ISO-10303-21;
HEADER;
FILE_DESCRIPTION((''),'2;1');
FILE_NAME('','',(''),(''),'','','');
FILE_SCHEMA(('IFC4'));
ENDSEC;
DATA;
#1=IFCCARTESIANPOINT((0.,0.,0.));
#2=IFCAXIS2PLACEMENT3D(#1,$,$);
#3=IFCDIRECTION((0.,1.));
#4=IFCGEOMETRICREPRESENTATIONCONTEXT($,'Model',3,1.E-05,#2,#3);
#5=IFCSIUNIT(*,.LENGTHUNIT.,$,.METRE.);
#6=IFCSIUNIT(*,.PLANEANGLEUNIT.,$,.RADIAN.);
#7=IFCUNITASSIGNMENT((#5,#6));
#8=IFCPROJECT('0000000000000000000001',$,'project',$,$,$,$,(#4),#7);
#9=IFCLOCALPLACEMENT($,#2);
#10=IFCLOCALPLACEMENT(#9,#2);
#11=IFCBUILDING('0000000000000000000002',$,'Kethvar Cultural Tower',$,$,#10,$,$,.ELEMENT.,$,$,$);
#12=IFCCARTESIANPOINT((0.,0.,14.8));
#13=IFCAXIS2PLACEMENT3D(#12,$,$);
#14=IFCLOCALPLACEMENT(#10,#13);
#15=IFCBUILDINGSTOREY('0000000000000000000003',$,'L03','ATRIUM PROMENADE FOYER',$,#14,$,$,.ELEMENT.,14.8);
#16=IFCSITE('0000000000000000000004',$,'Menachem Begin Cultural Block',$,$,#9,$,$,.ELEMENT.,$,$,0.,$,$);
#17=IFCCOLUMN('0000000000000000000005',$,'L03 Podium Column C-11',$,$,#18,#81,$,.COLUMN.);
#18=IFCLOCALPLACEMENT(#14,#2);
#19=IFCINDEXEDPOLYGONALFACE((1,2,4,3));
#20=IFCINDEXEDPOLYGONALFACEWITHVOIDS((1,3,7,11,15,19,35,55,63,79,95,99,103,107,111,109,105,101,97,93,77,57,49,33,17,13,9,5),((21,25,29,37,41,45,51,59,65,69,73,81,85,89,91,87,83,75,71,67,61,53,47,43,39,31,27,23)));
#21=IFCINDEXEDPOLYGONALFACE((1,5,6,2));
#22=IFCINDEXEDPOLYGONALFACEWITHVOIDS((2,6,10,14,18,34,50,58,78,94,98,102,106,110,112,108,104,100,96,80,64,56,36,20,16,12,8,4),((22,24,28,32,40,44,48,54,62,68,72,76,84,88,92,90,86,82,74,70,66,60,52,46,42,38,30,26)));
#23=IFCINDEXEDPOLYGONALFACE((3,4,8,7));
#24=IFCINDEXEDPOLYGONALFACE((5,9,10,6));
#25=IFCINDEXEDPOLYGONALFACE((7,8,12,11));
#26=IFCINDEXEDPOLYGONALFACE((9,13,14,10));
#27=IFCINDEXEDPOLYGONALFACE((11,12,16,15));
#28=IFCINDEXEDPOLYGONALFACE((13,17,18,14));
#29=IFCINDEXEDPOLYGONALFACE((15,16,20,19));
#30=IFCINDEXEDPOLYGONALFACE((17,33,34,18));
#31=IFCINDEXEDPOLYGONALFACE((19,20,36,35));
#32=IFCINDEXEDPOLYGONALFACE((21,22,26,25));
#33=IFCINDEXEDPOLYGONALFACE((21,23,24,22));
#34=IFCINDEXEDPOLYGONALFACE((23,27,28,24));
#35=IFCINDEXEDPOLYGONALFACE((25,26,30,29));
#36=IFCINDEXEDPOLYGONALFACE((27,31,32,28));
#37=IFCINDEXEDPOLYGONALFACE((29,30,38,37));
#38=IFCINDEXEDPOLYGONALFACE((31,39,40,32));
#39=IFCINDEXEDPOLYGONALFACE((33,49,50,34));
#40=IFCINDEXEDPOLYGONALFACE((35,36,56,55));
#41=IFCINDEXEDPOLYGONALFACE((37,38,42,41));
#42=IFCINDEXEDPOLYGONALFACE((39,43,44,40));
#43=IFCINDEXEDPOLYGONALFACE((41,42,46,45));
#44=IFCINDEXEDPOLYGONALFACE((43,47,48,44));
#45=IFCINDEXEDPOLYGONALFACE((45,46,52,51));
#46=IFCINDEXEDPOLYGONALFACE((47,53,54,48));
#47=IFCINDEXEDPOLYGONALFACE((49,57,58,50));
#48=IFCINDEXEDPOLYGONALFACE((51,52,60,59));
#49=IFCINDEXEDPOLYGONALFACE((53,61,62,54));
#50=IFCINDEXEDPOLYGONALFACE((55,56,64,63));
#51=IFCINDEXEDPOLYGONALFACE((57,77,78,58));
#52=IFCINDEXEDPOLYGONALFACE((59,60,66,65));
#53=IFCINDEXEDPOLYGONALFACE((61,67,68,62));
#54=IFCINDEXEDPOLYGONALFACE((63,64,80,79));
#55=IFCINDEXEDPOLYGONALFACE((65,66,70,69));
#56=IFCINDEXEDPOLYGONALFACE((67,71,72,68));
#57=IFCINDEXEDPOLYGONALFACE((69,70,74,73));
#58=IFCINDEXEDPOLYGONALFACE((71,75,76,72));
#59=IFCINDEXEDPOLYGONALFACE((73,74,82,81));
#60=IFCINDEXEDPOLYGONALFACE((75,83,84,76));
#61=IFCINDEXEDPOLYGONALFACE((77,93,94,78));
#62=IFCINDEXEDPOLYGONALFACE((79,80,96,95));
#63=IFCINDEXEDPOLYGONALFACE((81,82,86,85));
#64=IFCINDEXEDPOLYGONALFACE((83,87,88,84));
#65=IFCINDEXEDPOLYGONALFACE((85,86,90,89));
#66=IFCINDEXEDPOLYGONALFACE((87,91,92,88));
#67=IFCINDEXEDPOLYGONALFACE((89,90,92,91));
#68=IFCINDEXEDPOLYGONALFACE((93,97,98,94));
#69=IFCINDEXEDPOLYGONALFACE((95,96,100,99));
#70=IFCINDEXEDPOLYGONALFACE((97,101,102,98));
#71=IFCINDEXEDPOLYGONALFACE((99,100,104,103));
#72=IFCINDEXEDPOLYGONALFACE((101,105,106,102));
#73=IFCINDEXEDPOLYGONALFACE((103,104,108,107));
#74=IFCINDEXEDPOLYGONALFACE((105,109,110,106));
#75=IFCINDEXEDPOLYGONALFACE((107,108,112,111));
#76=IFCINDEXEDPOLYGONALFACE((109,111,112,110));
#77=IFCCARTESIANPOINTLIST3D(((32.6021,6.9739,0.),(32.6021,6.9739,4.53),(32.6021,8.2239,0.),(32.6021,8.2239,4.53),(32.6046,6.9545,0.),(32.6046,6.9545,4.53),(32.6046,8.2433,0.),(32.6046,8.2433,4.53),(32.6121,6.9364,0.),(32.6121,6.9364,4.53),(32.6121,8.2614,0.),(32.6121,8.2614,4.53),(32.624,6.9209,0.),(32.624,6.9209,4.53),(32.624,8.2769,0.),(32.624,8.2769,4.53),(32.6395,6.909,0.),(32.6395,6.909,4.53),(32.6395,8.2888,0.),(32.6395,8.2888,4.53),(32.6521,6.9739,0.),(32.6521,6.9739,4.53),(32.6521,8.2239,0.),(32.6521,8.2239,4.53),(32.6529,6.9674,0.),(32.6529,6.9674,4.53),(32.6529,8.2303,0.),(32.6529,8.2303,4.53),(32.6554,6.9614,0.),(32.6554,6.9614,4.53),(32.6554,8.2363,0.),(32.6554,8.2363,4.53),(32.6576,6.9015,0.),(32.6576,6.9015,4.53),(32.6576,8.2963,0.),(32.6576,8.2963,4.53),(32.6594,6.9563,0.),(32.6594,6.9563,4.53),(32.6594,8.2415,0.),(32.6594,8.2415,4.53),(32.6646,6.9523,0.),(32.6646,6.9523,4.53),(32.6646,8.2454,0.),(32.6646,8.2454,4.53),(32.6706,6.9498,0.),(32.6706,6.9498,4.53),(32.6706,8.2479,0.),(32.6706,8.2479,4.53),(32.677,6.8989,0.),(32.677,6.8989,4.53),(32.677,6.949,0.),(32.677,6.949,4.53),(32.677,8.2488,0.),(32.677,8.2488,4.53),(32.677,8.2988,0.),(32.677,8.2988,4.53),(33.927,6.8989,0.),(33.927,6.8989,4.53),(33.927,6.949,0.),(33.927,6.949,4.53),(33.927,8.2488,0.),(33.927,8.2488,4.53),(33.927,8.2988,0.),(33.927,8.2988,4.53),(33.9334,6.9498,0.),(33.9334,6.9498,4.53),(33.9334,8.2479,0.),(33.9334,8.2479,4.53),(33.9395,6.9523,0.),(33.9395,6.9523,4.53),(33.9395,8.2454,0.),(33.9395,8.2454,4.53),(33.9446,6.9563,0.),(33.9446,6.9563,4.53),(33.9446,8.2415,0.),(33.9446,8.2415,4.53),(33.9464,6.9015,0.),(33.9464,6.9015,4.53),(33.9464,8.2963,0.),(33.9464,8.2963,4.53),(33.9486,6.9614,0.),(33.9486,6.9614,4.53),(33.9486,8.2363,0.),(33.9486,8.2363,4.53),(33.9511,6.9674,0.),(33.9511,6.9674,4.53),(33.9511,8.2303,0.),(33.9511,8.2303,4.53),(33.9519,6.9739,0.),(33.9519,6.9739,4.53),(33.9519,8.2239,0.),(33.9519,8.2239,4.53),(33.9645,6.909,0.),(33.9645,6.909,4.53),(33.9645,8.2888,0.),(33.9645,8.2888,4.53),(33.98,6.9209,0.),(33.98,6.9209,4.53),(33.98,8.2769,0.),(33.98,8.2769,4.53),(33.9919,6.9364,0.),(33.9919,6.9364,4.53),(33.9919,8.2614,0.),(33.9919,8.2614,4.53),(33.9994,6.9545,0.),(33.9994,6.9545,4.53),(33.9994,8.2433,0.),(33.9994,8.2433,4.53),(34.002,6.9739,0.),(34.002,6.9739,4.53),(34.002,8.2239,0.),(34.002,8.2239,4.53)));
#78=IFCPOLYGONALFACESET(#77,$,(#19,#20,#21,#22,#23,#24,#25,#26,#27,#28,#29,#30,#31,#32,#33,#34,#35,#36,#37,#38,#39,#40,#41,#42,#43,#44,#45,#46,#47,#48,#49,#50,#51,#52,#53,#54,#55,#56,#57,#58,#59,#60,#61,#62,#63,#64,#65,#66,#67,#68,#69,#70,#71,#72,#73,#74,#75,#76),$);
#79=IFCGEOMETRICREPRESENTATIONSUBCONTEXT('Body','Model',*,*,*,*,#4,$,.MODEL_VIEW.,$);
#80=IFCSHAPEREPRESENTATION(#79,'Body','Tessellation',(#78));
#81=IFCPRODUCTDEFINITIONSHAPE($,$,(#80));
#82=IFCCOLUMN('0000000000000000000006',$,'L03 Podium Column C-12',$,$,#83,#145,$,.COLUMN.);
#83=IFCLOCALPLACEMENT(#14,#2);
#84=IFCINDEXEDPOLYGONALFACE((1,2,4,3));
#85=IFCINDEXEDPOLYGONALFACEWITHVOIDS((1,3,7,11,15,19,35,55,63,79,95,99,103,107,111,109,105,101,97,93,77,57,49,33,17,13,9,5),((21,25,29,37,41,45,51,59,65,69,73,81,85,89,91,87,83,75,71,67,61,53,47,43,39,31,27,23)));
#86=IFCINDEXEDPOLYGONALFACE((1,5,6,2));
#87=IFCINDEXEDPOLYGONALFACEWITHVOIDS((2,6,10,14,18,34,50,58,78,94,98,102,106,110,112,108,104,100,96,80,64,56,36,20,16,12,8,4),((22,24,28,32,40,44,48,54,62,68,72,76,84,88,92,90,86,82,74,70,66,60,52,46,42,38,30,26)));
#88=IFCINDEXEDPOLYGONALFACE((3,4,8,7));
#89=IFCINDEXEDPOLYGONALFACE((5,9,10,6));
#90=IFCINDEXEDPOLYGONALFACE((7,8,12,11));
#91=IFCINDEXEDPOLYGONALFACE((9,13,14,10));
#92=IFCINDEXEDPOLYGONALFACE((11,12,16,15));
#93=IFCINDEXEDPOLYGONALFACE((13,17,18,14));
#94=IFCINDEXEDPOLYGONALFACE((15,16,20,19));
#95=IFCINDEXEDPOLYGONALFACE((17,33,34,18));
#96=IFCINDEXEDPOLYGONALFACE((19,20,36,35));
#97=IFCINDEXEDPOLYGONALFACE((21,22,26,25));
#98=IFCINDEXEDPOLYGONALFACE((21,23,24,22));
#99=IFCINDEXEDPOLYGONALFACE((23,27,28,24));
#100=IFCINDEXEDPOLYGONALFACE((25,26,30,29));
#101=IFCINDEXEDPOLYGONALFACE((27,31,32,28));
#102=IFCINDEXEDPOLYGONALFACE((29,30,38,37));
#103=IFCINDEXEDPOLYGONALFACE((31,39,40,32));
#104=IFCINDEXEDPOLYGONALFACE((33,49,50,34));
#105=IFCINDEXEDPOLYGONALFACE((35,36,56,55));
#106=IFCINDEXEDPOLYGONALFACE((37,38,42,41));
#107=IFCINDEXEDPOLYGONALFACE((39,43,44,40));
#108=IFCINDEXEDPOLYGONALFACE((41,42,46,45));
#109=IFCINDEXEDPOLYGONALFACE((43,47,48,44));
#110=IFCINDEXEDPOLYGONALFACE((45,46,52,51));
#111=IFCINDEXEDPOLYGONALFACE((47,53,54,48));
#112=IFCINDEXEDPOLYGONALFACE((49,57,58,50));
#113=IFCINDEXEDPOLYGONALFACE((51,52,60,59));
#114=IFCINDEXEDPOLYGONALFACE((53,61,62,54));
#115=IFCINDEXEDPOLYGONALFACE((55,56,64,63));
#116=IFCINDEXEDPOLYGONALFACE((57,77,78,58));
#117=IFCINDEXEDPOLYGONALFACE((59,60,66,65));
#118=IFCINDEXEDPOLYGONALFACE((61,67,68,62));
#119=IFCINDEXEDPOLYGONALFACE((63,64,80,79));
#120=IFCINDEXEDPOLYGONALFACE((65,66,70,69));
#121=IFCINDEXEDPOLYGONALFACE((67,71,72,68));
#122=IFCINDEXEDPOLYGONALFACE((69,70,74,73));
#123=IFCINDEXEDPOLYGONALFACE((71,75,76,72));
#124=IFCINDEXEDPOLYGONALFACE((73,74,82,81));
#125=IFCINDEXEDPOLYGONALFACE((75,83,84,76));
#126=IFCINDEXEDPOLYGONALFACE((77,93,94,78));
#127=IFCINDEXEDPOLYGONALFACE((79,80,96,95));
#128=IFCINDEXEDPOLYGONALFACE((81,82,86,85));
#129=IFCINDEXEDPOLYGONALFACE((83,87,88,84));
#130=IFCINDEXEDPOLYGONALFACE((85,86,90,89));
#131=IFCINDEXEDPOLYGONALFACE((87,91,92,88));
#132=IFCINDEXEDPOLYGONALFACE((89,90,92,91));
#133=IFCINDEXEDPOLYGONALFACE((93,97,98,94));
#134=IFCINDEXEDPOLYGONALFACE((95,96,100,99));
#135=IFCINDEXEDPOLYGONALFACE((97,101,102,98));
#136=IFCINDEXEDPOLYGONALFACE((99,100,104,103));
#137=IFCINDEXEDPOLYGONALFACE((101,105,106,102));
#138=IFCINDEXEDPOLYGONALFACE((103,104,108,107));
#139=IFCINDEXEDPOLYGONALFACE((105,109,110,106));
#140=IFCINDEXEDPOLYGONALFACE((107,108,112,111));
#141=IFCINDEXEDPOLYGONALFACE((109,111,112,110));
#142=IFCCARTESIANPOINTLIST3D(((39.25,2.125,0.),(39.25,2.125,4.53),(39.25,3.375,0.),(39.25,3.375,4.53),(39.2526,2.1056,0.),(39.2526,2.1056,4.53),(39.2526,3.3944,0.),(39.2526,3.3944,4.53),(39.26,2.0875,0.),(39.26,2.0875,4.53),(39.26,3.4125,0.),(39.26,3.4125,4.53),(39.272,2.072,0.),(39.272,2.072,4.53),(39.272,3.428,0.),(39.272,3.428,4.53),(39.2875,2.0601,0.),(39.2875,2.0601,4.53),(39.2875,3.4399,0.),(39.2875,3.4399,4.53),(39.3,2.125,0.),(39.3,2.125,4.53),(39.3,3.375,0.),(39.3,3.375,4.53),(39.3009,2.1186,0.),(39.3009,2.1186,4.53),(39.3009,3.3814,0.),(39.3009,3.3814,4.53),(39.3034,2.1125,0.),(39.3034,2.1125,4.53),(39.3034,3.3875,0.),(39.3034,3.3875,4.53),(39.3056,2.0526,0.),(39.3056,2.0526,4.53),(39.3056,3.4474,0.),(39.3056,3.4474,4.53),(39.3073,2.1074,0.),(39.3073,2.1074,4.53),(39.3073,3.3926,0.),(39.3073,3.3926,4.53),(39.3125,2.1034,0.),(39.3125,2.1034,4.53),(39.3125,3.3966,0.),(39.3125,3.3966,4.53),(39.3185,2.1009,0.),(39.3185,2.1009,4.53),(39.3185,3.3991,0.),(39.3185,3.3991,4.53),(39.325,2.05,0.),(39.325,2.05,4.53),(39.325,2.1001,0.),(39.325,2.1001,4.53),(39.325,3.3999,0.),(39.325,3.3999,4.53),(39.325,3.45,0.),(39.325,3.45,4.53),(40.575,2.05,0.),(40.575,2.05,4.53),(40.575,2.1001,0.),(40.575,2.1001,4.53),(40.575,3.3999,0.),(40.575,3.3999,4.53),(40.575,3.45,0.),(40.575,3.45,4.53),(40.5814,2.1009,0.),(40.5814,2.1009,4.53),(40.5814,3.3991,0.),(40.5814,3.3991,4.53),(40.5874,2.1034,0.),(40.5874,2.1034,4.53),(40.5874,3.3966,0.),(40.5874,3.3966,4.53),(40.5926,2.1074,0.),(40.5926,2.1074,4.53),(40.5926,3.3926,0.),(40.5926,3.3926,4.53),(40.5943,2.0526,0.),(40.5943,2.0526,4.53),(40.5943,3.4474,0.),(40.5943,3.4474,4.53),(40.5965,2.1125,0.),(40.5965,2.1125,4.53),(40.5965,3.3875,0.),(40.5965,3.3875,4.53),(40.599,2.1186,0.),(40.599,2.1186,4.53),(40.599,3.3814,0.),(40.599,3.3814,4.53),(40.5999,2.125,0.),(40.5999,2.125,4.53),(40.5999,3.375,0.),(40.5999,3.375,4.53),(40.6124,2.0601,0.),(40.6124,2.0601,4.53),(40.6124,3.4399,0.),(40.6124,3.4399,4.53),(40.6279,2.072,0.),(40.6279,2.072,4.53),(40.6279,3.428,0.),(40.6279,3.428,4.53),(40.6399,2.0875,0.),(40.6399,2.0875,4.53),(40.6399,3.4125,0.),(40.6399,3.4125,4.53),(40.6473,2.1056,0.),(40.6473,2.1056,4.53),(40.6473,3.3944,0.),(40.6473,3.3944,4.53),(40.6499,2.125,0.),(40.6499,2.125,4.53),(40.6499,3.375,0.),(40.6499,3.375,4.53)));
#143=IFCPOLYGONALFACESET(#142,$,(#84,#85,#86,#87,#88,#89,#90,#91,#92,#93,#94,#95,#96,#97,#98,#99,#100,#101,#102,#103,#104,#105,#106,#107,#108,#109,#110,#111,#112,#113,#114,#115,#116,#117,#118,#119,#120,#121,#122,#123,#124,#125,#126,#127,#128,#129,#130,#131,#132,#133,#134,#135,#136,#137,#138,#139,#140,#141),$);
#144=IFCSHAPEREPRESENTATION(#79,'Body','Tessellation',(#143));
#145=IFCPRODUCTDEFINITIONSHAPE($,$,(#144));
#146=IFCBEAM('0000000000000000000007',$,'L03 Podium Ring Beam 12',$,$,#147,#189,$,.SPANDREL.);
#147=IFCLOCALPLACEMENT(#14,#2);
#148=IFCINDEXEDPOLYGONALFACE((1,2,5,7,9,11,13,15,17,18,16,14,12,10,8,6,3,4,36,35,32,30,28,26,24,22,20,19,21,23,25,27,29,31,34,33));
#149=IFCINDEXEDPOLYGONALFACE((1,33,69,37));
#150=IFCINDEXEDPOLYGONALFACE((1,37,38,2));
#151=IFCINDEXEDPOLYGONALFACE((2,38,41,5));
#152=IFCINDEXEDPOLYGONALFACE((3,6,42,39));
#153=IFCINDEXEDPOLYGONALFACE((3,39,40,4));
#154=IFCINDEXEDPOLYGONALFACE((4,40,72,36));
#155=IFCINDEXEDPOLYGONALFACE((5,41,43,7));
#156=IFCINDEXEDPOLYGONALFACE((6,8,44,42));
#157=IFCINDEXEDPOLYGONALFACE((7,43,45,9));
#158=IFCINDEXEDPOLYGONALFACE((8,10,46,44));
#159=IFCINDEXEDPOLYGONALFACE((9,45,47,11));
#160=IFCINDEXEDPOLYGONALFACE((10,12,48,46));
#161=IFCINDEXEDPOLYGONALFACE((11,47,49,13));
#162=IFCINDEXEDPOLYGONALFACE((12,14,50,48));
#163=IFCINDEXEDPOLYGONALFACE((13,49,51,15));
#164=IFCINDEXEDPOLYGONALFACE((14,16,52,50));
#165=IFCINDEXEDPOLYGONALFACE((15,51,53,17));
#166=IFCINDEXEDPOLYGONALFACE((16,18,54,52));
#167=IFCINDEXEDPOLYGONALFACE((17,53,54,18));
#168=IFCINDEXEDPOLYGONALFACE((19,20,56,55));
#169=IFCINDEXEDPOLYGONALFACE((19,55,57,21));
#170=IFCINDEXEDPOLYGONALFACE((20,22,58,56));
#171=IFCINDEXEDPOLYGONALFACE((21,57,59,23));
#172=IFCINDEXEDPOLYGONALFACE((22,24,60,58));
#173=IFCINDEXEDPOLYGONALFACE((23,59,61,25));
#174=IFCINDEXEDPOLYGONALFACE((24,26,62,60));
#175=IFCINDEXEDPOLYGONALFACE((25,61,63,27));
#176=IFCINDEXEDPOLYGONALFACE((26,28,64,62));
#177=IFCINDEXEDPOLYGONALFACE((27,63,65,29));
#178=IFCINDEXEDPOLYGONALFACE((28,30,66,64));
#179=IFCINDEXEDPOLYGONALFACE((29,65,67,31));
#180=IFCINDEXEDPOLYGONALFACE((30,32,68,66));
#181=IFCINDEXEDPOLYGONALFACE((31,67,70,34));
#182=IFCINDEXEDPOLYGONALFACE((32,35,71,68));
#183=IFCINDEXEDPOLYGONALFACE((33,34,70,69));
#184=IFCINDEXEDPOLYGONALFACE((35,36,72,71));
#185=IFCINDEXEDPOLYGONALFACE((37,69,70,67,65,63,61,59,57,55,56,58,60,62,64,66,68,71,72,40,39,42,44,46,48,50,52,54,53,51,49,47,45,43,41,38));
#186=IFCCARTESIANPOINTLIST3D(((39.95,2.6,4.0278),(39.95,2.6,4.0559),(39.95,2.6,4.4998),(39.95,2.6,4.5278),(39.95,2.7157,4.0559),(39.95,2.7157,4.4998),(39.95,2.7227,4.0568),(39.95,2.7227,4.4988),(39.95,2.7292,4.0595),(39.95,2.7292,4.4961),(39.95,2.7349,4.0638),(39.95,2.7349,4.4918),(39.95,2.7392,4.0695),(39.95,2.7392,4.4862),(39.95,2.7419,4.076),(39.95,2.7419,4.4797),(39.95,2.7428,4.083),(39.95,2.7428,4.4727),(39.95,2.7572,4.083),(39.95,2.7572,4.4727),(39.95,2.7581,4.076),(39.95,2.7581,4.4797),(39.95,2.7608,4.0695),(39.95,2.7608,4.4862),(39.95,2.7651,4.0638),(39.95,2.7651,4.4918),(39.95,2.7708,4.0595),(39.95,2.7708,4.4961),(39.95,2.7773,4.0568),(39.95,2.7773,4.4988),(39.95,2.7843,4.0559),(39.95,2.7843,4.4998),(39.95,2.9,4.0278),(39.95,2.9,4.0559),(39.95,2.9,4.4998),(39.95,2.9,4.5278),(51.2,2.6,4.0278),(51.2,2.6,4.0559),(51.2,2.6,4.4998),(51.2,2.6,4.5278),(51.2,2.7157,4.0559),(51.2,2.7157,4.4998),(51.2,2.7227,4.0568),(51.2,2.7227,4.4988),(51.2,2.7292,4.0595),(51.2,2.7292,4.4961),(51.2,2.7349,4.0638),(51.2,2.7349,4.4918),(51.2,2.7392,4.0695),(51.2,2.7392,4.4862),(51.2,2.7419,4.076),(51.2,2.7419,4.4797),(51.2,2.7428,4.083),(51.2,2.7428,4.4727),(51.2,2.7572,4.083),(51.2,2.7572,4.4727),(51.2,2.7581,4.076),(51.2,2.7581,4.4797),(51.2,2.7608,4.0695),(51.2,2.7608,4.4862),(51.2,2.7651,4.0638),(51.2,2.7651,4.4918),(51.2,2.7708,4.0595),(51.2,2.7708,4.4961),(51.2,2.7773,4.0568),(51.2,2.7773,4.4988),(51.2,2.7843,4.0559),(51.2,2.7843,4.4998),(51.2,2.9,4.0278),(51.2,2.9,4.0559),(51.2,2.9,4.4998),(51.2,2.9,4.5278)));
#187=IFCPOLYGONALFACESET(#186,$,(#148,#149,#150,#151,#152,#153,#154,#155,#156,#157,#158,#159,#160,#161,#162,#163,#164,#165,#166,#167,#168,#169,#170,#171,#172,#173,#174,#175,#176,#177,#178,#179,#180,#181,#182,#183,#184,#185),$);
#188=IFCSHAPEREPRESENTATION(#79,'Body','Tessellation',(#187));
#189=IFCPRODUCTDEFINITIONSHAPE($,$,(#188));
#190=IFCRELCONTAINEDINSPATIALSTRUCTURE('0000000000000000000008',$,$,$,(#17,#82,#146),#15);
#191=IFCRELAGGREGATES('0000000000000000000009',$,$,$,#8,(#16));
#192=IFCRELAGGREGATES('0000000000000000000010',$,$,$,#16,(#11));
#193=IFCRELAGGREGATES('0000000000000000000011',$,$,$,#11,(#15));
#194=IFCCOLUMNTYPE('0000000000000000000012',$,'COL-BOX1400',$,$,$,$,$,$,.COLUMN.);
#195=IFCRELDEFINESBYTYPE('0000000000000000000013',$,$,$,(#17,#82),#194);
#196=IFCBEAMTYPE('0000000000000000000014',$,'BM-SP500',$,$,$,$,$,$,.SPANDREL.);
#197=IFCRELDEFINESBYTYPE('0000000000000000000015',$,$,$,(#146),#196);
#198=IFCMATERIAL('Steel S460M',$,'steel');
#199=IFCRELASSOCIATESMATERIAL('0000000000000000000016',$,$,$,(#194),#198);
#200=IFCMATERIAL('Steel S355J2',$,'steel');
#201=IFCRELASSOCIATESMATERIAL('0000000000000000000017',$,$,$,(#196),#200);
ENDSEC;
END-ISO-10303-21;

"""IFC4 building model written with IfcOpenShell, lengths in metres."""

from ifc_helpers import new_model, si_unit, direction, frame, origin, origin_2d, place, context, subcontext, project, spatial, hollow_rectangle, i_section, extrude, source, transform, mapped, material, material_profile, profile_set, type_object, element, save


model = new_model("IFC4")

# Units and contexts
model_context = context("Model", 3, precision=1e-05, world=origin(), true_north=direction((0.0, 1.0)))
body_context = subcontext(model_context, "Body", "Model", "MODEL_VIEW")
ifc_project = project(units=[si_unit("LENGTHUNIT", "METRE"), si_unit("PLANEANGLEUNIT", "RADIAN")], contexts=[model_context])

# Site, building, storey
site_placement = place(None, origin())
site = spatial("IfcSite", under=ifc_project, at=site_placement, Name="Menachem Begin Cultural Block", CompositionType="ELEMENT", RefElevation=0.0)
building_placement = place(site_placement, origin())
building = spatial("IfcBuilding", under=site, at=building_placement, Name="Kethvar Cultural Tower", CompositionType="ELEMENT")
storey_placement = place(building_placement, frame((0.0, 0.0, 14.8)))
storey = spatial("IfcBuildingStorey", under=building, at=storey_placement, Name="L03", Description="ATRIUM PROMENADE FOYER", CompositionType="ELEMENT", Elevation=14.8)

# Columns
ifc_material_1 = material(Name="Steel S460M", Category="steel")
ifc_material_profile_1 = material_profile(ifc_material_1, hollow_rectangle(XDim=1.3999, YDim=1.3999, WallThickness=0.05, InnerFilletRadius=0.0249, OuterFilletRadius=0.075, at=origin_2d()), Name="Steel S460M — BOX1400x1400x50")
ifc_profile_set_1 = profile_set([ifc_material_profile_1], Name="Steel S460M — BOX1400x1400x50")
column_type = type_object("IfcColumnType", Name="COL-BOX1400", PredefinedType="COLUMN", material=ifc_profile_set_1)
shared_shape_1 = source(origin(), body_context, "Body", "SweptSolid", [
    extrude(hollow_rectangle(XDim=1.3999, YDim=1.3999, WallThickness=0.05, InnerFilletRadius=0.0249, OuterFilletRadius=0.075, at=origin_2d()), origin(), (0.0, 0.0, 1.0), 4.53),
])
for number, where, z_axis, x_axis, name in (
    (1, (33.302, 7.5989, 0.0), (0.0, 0.0, 1.0), (1.0, 0.0, 0.0), "L03 Podium Column C-11"),
    (2, (39.95, 2.75, 0.0), (0.0, 0.0, 1.0), (1.0, 0.0, 0.0), "L03 Podium Column C-12"),
):
    element("IfcColumn", number, at=place(storey_placement, frame(where, z_axis=z_axis, x_axis=x_axis)), inside=storey, type_object=column_type, Name=name, PredefinedType="COLUMN", context=body_context, shape_type="MappedRepresentation", body=[
        mapped(shared_shape_1, transform((0.0, 0.0, 0.0), scale=1.0)),
    ])

# Beam
ifc_material_2 = material(Name="Steel S355J2", Category="steel")
ifc_material_profile_2 = material_profile(ifc_material_2, i_section(OverallWidth=0.3, OverallDepth=0.5, WebThickness=0.0144, FlangeThickness=0.0281, FilletRadius=0.0271, at=origin_2d()), Name="Steel S355J2 — HEB500")
ifc_profile_set_2 = profile_set([ifc_material_profile_2], Name="Steel S355J2 — HEB500")
beam_type = type_object("IfcBeamType", Name="BM-SP500", PredefinedType="SPANDREL", material=ifc_profile_set_2)
shared_shape_2 = source(origin(), body_context, "Body", "SweptSolid", [
    extrude(i_section(OverallWidth=0.3, OverallDepth=0.5, WebThickness=0.0144, FlangeThickness=0.0281, FilletRadius=0.0271, at=origin_2d()), origin(), (0.0, 0.0, 1.0), 11.25),
])
beam_1_placement = place(storey_placement, frame((39.95, 2.75, 4.2778), z_axis=(1.0, 0.0, 0.0), x_axis=(0.0, 1.0, 0.0)))
element("IfcBeam", 3, at=beam_1_placement, inside=storey, type_object=beam_type, Name="L03 Podium Ring Beam 12", PredefinedType="SPANDREL", context=body_context, shape_type="MappedRepresentation", body=[
    mapped(shared_shape_2, transform((0.0, 0.0, 0.0), scale=1.0)),
])

save(model, "model.ifc")
